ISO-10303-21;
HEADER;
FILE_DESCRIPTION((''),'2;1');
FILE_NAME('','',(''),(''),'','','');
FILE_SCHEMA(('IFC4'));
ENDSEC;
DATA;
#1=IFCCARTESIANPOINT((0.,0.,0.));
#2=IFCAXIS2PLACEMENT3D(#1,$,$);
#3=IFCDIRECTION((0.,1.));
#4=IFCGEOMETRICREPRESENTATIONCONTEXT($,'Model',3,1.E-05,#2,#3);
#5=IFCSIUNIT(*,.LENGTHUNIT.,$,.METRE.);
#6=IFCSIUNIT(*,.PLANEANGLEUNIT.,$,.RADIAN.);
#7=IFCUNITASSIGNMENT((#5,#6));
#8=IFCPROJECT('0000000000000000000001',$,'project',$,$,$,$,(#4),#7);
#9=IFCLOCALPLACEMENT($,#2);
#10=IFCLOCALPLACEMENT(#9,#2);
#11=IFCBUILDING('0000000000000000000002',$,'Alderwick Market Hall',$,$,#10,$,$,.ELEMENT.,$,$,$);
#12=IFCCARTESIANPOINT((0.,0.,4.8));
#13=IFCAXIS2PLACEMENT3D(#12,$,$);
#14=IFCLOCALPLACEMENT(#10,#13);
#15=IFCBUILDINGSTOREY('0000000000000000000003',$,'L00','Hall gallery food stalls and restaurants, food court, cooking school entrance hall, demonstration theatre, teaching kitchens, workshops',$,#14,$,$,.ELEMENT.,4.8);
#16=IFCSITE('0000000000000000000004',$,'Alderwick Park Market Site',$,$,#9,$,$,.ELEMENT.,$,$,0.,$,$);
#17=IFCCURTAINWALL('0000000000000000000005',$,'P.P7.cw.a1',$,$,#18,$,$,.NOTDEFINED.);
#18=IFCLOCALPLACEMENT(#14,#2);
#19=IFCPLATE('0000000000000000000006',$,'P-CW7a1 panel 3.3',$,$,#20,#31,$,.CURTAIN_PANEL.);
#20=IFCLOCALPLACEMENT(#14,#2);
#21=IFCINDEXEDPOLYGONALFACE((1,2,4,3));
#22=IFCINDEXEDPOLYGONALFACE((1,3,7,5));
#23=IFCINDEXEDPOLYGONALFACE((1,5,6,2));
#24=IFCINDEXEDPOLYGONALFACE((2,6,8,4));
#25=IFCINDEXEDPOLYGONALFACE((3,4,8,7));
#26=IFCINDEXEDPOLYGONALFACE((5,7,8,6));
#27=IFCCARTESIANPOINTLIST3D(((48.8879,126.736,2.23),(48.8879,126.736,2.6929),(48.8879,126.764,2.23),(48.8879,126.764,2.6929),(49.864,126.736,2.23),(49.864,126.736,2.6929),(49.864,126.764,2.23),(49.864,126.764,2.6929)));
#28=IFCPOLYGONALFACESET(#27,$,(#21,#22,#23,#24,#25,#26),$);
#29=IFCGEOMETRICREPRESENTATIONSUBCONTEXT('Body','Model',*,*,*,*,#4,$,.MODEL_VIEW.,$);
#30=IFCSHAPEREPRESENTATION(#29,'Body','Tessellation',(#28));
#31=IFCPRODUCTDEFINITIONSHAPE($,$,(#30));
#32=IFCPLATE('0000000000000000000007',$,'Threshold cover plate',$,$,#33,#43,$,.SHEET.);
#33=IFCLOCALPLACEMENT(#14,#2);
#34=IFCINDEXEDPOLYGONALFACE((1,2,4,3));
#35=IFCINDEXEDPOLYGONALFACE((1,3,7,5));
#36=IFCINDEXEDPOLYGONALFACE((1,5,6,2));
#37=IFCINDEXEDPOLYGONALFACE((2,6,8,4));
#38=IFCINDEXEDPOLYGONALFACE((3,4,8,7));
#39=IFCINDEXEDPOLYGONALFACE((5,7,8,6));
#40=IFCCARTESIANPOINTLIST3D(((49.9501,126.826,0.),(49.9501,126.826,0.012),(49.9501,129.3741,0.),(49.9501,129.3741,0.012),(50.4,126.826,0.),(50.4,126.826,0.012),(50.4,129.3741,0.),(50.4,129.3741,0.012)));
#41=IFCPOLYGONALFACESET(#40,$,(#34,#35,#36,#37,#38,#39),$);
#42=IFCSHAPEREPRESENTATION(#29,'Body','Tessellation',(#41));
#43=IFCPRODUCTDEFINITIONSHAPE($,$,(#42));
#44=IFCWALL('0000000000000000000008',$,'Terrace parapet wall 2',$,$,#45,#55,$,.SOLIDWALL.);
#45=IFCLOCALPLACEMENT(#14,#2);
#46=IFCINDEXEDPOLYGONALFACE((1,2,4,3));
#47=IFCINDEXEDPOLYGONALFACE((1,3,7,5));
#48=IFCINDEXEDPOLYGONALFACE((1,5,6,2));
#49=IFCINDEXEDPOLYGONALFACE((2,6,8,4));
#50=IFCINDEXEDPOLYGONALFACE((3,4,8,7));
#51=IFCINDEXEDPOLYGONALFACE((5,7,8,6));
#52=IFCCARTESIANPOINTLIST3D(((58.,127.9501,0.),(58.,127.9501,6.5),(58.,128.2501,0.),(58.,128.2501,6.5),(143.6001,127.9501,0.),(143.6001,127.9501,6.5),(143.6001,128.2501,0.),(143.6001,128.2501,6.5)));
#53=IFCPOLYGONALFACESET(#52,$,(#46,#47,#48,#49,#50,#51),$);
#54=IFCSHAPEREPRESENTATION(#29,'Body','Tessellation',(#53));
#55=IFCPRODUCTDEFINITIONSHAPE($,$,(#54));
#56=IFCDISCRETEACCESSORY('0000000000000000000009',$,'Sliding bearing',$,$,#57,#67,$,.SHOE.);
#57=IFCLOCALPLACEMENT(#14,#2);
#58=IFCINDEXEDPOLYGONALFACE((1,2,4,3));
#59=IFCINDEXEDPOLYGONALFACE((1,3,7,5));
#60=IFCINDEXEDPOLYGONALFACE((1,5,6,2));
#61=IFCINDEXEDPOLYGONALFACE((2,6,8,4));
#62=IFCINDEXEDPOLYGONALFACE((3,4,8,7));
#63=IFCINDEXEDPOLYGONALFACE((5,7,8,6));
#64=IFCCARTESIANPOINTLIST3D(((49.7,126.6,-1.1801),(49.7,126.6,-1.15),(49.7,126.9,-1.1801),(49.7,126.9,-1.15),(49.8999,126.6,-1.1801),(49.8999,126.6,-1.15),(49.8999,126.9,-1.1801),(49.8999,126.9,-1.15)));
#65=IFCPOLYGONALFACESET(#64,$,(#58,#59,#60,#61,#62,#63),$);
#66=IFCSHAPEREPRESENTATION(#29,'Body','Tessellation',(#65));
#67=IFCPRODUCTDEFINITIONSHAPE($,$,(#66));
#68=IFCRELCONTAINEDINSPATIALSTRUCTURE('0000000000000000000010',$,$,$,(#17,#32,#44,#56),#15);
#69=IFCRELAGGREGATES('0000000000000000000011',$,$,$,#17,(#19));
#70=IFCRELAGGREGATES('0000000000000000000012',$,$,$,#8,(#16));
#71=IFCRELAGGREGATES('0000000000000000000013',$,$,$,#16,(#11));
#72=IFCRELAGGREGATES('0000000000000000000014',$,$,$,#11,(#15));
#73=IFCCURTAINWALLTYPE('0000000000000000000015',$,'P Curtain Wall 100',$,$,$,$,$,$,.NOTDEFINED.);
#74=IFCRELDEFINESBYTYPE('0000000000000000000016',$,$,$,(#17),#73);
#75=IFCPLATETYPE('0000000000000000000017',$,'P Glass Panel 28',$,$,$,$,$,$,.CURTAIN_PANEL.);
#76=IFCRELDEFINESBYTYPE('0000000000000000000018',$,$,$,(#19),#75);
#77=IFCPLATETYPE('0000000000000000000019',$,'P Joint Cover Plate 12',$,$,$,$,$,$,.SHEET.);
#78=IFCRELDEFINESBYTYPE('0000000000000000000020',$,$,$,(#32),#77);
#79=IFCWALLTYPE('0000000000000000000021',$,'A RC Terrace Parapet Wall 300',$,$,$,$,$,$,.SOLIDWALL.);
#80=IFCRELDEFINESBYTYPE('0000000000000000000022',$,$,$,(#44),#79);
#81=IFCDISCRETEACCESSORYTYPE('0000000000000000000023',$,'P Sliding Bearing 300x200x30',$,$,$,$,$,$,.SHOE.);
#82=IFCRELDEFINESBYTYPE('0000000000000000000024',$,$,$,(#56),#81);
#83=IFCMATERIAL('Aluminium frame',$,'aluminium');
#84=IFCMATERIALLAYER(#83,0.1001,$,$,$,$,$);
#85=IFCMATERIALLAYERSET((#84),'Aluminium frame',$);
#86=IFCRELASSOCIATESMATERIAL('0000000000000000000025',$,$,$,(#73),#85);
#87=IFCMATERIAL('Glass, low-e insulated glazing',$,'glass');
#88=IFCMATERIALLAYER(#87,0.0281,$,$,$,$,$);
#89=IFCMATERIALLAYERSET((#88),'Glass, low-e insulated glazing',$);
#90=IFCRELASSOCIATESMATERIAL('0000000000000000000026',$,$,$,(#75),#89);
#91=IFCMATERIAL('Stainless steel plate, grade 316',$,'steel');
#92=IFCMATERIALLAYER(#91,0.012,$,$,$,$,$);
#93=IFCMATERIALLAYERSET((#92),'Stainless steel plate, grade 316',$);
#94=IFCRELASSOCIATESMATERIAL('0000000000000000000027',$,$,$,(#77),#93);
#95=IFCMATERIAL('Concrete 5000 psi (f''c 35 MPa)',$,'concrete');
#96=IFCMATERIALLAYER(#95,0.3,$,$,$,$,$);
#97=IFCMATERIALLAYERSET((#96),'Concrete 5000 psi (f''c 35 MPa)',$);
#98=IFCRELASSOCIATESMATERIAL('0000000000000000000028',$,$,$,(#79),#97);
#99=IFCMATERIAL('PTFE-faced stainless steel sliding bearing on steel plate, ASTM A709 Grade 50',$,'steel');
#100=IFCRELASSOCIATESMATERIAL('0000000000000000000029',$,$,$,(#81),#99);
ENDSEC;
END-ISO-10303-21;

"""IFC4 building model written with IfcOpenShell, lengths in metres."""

from ifc_helpers import new_model, si_unit, direction, frame, frame_2d, origin, origin_2d, place, context, subcontext, project, spatial, rectangle, extrude, material, layer, layer_set, material_profile, profile_set, type_object, element, aggregate, save


model = new_model("IFC4")

# Units and contexts
model_context = context("Model", 3, precision=1e-05, world=origin(), true_north=direction((0.0, 1.0)))
body_context = subcontext(model_context, "Body", "Model", "MODEL_VIEW")
ifc_project = project(units=[si_unit("LENGTHUNIT", "METRE"), si_unit("PLANEANGLEUNIT", "RADIAN")], contexts=[model_context])

# Site, building, storey
site_placement = place(None, origin())
site = spatial("IfcSite", under=ifc_project, at=site_placement, Name="Alderwick Park Market Site", CompositionType="ELEMENT", RefElevation=0.0)
building_placement = place(site_placement, origin())
building = spatial("IfcBuilding", under=site, at=building_placement, Name="Alderwick Market Hall", CompositionType="ELEMENT")
storey_placement = place(building_placement, frame((0.0, 0.0, 4.8)))
storey = spatial("IfcBuildingStorey", under=building, at=storey_placement, Name="L00", Description="Hall gallery food stalls and restaurants, food court, cooking school entrance hall, demonstration theatre, teaching kitchens, workshops", CompositionType="ELEMENT", Elevation=4.8)

# Curtain wall
ifc_material_1 = material(Name="Aluminium frame", Category="aluminium")
ifc_layer_1 = layer(ifc_material_1, 0.1001)
ifc_layer_set_1 = layer_set([ifc_layer_1], Name="Aluminium frame")
curtain_wall_type = type_object("IfcCurtainWallType", Name="P Curtain Wall 100", PredefinedType="NOTDEFINED", material=ifc_layer_set_1)
curtain_wall_1_placement = place(storey_placement, origin())
curtain_wall_1 = element("IfcCurtainWall", 1, at=curtain_wall_1_placement, inside=storey, type_object=curtain_wall_type, Name="P.P7.cw.a1", PredefinedType="NOTDEFINED")

# Shared definitions
ifc_material_2 = material(Name="Concrete 5000 psi (f'c 35 MPa)", Category="concrete")

# Plates
ifc_material_3 = material(Name="Glass, low-e insulated glazing", Category="glass")
ifc_layer_2 = layer(ifc_material_3, 0.0281)
ifc_layer_set_2 = layer_set([ifc_layer_2], Name="Glass, low-e insulated glazing")
plate_type_1 = type_object("IfcPlateType", Name="P Glass Panel 28", PredefinedType="CURTAIN_PANEL", material=ifc_layer_set_2)
plate_1_placement = place(storey_placement, frame((49.376, 126.75, 2.23), z_axis=(0.0, 0.0, 1.0), x_axis=(1.0, 0.0, 0.0)))
plate_1 = element("IfcPlate", 2, at=plate_1_placement, type_object=plate_type_1, Name="P-CW7a1 panel 3.3", PredefinedType="CURTAIN_PANEL", context=body_context, shape_type="SweptSolid", body=[
    extrude(rectangle(XDim=0.9761, YDim=0.0281, at=origin_2d()), origin(), (0.0, 0.0, 1.0), 0.4629),
])
aggregate(curtain_wall_1, [plate_1])
ifc_material_4 = material(Name="Stainless steel plate, grade 316", Category="steel")
ifc_layer_3 = layer(ifc_material_4, 0.012)
ifc_layer_set_3 = layer_set([ifc_layer_3], Name="Stainless steel plate, grade 316")
plate_type_2 = type_object("IfcPlateType", Name="P Joint Cover Plate 12", PredefinedType="SHEET", material=ifc_layer_set_3)
plate_2_placement = place(storey_placement, frame((50.175, 128.1001, 0.0), z_axis=(0.0, 0.0, 1.0), x_axis=(1.0, 0.0, 0.0)))
element("IfcPlate", 3, at=plate_2_placement, inside=storey, type_object=plate_type_2, Name="Threshold cover plate", PredefinedType="SHEET", context=body_context, shape_type="SweptSolid", body=[
    extrude(rectangle(XDim=0.45, YDim=2.5481, at=origin_2d()), origin(), (0.0, 0.0, 1.0), 0.012),
])

# Wall
ifc_layer_4 = layer(ifc_material_2, 0.3)
ifc_layer_set_4 = layer_set([ifc_layer_4], Name="Concrete 5000 psi (f'c 35 MPa)")
wall_type_1 = type_object("IfcWallType", Name="A RC Terrace Parapet Wall 300", PredefinedType="SOLIDWALL", material=ifc_layer_set_4)
wall_1_placement = place(storey_placement, frame((58.0, 128.1001, 0.0), z_axis=(0.0, 0.0, 1.0), x_axis=(1.0, 0.0, 0.0)))
element("IfcWall", 4, at=wall_1_placement, inside=storey, type_object=wall_type_1, Name="Terrace parapet wall 2", PredefinedType="SOLIDWALL", context=body_context, shape_type="SweptSolid", body=[
    extrude(rectangle(XDim=85.6001, YDim=0.3, at=frame_2d((42.8, 0.0))), origin(), (0.0, 0.0, 1.0), 6.5),
])

# Discrete accessory
ifc_material_5 = material(Name="PTFE-faced stainless steel sliding bearing on steel plate, ASTM A709 Grade 50", Category="steel")
ifc_material_profile_1 = material_profile(ifc_material_5, rectangle(XDim=0.3, YDim=0.03, at=origin_2d()), Name="P Sliding Bearing 300x200x30")
ifc_profile_set_1 = profile_set([ifc_material_profile_1], Name="PTFE-faced stainless steel sliding bearing on steel plate, ASTM A709 Grade 50")
discrete_accessory_type = type_object("IfcDiscreteAccessoryType", Name="P Sliding Bearing 300x200x30", PredefinedType="SHOE", material=ifc_profile_set_1)
discrete_accessory_placement = place(storey_placement, frame((49.7, 126.75, -1.165), z_axis=(1.0, 0.0, 0.0), x_axis=(0.0, 1.0, 0.0)))
element("IfcDiscreteAccessory", 5, at=discrete_accessory_placement, inside=storey, type_object=discrete_accessory_type, Name="Sliding bearing", PredefinedType="SHOE", context=body_context, shape_type="SweptSolid", body=[
    extrude(rectangle(XDim=0.3, YDim=0.03, at=origin_2d()), origin(), (0.0, 0.0, 1.0), 0.2),
])

save(model, "model.ifc")
